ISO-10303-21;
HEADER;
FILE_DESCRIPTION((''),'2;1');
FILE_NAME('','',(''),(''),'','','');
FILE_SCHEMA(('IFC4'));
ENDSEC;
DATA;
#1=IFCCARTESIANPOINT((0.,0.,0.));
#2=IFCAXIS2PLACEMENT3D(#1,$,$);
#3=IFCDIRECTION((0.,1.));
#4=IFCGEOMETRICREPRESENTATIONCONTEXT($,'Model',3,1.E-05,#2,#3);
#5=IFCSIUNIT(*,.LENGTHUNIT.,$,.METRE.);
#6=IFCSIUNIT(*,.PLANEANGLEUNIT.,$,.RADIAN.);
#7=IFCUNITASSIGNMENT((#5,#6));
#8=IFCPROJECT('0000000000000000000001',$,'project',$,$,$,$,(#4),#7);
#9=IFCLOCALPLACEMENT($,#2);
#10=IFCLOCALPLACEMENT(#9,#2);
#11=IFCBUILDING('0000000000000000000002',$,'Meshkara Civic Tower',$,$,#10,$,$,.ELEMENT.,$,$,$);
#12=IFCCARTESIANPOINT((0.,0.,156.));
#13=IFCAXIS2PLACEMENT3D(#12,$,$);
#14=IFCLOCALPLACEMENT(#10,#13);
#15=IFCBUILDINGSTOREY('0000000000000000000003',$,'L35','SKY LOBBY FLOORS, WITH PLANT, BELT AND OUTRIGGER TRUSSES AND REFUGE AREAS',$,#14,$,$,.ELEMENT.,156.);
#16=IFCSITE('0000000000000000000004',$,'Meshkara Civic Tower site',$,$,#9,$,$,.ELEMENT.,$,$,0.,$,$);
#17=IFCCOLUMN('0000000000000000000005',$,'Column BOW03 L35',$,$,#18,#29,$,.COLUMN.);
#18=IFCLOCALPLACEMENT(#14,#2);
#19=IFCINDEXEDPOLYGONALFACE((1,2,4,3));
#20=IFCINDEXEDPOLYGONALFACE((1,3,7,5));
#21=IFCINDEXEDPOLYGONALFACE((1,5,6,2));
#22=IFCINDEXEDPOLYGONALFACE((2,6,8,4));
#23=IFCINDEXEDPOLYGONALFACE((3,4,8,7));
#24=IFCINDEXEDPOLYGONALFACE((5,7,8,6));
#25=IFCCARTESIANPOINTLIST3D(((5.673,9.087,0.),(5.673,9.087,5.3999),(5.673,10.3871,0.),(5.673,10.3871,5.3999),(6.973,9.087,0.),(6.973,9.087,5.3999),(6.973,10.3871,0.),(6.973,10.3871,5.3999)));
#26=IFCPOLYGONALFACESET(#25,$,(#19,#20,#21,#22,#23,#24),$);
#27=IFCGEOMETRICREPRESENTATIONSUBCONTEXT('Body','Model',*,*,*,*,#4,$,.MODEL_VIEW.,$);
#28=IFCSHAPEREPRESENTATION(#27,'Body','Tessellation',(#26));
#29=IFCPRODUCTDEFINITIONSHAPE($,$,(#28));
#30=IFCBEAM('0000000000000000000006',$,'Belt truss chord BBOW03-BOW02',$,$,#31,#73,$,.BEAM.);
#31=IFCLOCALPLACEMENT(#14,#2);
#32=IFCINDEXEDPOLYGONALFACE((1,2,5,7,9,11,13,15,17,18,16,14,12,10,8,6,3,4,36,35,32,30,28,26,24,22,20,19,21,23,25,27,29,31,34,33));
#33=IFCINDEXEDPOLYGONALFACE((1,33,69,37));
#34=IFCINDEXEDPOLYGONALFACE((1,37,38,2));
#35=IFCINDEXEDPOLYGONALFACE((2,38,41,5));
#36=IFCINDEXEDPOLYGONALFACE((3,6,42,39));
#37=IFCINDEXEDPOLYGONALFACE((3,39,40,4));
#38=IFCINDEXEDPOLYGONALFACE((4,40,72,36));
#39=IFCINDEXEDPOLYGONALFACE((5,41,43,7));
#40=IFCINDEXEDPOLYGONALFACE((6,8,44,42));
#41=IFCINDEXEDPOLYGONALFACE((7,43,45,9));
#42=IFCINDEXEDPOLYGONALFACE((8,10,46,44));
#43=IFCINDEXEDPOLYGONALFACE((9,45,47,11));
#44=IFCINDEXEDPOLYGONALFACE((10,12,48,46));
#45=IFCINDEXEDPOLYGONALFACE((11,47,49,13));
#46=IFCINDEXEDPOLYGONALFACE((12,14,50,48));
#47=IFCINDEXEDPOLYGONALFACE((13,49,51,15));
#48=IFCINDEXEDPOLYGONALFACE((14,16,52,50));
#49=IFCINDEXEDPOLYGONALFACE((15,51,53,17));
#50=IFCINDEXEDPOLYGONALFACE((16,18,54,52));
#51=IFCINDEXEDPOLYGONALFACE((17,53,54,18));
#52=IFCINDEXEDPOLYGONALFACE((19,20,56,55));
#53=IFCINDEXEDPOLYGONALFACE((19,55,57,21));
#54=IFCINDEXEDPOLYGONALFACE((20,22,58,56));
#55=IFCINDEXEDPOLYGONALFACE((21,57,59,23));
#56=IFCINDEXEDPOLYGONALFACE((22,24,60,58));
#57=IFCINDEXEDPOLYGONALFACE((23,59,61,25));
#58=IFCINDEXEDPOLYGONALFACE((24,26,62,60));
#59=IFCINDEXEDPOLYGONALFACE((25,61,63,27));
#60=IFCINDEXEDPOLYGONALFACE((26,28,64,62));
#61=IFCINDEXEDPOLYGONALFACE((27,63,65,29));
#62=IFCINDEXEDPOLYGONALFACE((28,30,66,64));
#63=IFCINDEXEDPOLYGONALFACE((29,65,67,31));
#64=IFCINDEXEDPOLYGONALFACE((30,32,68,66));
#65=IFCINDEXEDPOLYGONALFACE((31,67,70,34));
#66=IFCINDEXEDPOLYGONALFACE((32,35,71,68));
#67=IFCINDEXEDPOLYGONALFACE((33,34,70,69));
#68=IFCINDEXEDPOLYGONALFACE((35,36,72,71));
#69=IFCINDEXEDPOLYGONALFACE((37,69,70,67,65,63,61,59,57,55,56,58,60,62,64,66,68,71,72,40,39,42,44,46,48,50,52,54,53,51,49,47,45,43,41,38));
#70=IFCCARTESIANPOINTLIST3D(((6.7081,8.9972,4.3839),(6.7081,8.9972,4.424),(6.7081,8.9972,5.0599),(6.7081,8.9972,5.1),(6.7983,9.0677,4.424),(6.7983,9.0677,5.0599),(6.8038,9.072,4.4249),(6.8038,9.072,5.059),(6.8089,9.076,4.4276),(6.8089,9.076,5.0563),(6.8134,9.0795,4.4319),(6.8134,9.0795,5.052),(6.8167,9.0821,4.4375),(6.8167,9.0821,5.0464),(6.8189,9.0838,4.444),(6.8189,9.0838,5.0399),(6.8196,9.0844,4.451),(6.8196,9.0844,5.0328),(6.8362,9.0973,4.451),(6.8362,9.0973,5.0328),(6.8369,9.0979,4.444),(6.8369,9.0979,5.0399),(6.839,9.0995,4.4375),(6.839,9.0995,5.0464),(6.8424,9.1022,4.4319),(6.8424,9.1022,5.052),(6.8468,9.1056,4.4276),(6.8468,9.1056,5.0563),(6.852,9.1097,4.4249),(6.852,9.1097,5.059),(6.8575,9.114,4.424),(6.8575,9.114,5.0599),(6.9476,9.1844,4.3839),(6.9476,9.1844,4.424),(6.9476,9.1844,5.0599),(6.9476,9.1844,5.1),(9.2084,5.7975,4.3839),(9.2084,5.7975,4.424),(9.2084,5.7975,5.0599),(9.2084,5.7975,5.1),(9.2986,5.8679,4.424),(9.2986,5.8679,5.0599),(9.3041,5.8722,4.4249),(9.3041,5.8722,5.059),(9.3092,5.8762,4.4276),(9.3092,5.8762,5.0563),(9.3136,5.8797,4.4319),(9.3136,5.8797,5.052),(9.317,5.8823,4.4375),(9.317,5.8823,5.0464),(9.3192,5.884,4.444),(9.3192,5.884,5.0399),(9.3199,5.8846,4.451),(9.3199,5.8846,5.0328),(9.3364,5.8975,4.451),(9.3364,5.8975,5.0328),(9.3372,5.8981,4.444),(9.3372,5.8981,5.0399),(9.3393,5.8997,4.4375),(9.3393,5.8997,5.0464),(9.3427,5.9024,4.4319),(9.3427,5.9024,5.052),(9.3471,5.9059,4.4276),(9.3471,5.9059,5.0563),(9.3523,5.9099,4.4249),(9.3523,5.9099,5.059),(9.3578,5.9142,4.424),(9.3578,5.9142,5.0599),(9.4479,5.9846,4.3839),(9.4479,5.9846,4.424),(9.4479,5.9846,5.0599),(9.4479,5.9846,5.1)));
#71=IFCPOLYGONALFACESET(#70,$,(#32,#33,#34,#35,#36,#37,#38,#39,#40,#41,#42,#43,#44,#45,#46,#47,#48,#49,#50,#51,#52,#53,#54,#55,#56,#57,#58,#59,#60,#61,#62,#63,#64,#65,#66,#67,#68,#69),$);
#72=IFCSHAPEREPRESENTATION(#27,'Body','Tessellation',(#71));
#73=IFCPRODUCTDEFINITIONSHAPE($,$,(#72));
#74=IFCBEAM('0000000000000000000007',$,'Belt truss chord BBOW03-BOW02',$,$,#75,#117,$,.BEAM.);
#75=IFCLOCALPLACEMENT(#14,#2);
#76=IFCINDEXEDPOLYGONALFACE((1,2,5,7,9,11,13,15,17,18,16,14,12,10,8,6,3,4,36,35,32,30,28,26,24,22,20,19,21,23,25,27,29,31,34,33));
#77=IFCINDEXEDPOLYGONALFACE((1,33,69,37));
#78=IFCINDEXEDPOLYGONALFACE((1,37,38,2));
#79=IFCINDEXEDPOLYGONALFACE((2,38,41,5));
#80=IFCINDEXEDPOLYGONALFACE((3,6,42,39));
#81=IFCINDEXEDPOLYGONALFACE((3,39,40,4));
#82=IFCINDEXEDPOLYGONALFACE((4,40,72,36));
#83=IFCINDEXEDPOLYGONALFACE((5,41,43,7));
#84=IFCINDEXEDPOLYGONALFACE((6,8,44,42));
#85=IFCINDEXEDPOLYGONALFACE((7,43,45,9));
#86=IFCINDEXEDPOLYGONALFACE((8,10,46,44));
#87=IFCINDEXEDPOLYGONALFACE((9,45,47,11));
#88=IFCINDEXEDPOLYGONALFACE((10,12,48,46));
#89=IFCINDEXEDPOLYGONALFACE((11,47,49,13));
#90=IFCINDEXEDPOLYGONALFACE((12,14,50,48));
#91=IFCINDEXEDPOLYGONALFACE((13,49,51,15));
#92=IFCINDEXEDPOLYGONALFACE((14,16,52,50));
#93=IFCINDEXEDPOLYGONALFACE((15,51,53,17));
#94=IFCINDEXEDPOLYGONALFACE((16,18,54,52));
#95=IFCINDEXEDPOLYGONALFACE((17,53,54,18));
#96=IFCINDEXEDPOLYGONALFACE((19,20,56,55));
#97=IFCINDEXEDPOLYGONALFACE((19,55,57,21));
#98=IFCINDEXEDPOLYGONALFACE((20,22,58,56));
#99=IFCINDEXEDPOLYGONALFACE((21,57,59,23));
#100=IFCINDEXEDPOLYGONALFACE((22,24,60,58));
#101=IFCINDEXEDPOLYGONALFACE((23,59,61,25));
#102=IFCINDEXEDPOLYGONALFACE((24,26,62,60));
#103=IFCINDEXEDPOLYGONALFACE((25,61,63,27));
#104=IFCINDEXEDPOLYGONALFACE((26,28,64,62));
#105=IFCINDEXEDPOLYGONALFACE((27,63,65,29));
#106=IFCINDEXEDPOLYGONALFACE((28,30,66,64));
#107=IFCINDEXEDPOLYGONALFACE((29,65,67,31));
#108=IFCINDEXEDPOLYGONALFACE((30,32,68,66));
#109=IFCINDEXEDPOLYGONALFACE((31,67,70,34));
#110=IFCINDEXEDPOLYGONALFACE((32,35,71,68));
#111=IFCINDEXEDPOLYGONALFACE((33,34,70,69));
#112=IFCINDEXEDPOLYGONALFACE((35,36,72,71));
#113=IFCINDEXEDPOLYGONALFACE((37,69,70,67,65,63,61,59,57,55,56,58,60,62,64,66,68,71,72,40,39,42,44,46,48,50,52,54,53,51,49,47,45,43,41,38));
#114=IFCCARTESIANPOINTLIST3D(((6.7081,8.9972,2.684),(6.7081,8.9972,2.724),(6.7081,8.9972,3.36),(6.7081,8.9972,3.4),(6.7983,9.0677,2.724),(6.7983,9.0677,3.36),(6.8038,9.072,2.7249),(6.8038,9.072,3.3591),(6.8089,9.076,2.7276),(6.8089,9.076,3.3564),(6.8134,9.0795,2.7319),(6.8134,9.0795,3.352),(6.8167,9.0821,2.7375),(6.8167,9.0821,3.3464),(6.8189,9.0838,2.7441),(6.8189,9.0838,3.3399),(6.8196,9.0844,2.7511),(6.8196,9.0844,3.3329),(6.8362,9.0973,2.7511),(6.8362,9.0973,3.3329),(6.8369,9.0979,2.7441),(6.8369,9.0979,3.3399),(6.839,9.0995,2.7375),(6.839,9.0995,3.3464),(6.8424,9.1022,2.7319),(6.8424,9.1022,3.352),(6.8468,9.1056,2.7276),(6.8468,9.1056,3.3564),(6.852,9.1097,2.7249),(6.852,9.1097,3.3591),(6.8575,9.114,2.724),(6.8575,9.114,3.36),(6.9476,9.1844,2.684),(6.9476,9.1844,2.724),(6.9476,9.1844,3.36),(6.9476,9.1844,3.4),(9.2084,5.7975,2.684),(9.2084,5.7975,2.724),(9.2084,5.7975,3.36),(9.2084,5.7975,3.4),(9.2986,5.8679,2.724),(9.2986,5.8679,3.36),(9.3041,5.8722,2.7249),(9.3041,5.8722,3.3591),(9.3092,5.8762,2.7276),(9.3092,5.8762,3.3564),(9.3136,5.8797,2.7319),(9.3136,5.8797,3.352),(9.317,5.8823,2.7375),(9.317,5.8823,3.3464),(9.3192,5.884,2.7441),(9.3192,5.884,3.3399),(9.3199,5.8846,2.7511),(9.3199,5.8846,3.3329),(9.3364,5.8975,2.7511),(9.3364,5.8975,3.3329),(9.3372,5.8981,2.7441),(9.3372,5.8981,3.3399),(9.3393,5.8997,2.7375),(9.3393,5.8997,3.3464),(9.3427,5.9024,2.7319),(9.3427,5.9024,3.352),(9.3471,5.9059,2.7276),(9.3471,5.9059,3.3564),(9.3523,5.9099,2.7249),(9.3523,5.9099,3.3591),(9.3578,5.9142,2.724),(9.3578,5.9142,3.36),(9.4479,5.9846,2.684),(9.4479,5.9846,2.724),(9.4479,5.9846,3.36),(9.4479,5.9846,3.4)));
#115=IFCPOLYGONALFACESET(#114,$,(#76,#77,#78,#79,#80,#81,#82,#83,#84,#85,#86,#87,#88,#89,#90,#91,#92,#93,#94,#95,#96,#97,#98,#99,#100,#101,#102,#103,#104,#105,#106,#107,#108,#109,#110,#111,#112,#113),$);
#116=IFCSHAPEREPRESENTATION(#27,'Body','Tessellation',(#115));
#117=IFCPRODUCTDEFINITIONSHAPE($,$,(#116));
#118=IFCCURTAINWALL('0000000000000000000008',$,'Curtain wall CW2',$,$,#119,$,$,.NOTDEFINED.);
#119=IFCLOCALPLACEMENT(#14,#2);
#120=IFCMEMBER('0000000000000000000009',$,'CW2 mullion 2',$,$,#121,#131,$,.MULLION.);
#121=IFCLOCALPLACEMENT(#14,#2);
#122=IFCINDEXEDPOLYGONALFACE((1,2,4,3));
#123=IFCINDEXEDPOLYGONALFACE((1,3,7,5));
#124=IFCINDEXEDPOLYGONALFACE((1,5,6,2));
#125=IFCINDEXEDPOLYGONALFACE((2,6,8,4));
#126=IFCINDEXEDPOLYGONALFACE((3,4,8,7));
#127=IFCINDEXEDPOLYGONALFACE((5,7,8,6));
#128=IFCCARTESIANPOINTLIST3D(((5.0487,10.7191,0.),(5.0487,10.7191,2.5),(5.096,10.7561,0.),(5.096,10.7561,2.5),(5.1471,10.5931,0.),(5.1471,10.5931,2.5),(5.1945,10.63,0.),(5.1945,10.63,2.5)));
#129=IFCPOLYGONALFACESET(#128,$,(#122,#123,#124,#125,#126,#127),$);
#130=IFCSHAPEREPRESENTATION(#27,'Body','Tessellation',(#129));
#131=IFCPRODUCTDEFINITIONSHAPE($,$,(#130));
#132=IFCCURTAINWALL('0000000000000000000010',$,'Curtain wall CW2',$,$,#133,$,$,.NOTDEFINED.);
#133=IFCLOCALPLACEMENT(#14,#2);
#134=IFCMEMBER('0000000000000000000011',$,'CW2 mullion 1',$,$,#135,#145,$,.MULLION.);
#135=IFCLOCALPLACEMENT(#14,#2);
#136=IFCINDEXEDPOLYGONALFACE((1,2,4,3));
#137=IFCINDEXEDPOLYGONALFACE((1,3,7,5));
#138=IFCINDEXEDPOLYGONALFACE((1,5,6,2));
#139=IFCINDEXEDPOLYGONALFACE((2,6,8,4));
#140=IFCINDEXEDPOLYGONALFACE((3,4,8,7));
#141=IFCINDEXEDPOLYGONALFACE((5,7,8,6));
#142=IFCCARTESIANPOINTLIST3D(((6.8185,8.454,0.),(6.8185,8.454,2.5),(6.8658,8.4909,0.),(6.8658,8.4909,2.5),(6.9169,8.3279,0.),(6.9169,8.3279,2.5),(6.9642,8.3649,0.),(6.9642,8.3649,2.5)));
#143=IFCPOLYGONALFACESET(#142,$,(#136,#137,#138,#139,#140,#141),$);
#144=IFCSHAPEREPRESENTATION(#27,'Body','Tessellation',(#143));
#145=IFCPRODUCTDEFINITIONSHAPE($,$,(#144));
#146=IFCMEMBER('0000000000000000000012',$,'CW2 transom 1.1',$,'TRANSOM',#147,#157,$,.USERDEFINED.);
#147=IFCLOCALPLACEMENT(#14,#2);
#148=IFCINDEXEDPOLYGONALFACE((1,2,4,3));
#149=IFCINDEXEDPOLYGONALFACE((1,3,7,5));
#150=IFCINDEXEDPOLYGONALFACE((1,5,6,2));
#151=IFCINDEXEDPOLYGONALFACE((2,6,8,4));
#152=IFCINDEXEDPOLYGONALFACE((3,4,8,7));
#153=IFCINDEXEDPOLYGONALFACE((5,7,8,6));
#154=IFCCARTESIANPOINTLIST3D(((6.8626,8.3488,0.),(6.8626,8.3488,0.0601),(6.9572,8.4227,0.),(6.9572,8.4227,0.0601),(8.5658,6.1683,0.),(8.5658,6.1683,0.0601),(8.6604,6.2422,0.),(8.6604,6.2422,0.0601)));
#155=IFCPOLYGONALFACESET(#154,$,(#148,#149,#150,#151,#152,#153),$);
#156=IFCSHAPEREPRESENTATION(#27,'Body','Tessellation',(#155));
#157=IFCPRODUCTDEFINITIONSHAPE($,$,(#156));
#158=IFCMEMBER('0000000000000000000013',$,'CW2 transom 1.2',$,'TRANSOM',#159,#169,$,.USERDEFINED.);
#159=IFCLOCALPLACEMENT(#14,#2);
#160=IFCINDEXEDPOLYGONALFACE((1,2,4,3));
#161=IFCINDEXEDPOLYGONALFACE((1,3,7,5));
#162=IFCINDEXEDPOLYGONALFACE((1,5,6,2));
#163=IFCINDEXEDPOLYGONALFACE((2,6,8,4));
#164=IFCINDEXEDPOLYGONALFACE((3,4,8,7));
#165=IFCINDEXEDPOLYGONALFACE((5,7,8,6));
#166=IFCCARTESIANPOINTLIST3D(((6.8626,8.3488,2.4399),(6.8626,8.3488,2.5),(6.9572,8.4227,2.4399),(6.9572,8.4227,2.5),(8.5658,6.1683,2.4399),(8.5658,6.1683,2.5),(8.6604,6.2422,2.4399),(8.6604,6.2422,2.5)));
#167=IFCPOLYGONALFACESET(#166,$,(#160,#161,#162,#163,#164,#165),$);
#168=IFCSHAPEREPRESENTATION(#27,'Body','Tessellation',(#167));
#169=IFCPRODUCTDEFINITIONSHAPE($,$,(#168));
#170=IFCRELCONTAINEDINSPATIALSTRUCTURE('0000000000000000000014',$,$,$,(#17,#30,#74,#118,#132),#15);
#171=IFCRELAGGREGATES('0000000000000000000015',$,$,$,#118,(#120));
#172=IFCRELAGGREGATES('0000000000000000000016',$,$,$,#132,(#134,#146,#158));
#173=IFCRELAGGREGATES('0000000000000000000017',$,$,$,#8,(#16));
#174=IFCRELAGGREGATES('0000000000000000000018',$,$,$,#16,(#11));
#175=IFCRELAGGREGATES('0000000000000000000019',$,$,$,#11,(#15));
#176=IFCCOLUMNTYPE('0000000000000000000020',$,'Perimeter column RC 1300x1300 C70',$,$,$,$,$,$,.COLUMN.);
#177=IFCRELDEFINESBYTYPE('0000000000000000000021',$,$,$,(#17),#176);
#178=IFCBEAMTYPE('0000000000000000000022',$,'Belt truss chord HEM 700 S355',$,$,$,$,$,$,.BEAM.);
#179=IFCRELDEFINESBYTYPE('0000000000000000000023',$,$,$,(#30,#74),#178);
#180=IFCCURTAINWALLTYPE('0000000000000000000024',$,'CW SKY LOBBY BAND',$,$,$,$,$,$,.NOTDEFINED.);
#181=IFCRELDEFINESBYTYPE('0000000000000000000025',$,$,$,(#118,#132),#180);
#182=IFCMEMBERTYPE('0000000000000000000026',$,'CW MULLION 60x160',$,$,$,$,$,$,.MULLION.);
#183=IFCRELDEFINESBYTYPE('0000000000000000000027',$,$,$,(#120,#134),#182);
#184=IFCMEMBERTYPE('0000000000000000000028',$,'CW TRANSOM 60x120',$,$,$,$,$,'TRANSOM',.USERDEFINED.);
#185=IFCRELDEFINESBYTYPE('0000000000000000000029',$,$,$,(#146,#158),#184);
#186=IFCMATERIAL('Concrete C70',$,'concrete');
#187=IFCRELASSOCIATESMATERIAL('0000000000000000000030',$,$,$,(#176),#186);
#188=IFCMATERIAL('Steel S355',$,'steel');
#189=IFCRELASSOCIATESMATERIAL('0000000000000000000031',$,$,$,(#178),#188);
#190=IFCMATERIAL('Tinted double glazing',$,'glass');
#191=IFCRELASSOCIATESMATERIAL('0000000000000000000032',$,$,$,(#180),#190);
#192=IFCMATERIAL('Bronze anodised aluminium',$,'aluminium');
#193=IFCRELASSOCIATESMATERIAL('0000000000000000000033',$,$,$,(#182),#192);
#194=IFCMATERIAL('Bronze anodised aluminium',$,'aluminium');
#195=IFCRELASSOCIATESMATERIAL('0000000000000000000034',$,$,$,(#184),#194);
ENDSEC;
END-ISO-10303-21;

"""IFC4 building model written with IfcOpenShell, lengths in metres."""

from ifc_helpers import new_model, si_unit, direction, frame, origin, origin_2d, place, context, subcontext, project, spatial, rectangle, i_section, extrude, material, material_profile, profile_set, type_object, element, aggregate, save


model = new_model("IFC4")

# Units and contexts
model_context = context("Model", 3, precision=1e-05, world=origin(), true_north=direction((0.0, 1.0)))
body_context = subcontext(model_context, "Body", "Model", "MODEL_VIEW")
ifc_project = project(units=[si_unit("LENGTHUNIT", "METRE"), si_unit("PLANEANGLEUNIT", "RADIAN")], contexts=[model_context])

# Site, building, storey
site_placement = place(None, origin())
site = spatial("IfcSite", under=ifc_project, at=site_placement, Name="Meshkara Civic Tower site", CompositionType="ELEMENT", RefElevation=0.0)
building_placement = place(site_placement, origin())
building = spatial("IfcBuilding", under=site, at=building_placement, Name="Meshkara Civic Tower", CompositionType="ELEMENT")
storey_placement = place(building_placement, frame((0.0, 0.0, 156.0)))
storey = spatial("IfcBuildingStorey", under=building, at=storey_placement, Name="L35", Description="SKY LOBBY FLOORS, WITH PLANT, BELT AND OUTRIGGER TRUSSES AND REFUGE AREAS", CompositionType="ELEMENT", Elevation=156.0)

# Column
ifc_material_1 = material(Name="Concrete C70", Category="concrete")
ifc_material_profile_1 = material_profile(ifc_material_1, rectangle(XDim=1.3, YDim=1.3, at=origin_2d()))
ifc_profile_set_1 = profile_set([ifc_material_profile_1], Name="Concrete C70")
column_type = type_object("IfcColumnType", Name="Perimeter column RC 1300x1300 C70", PredefinedType="COLUMN", material=ifc_profile_set_1)
column_placement = place(storey_placement, frame((6.323, 9.7371, 0.0), z_axis=(0.0, 0.0, 1.0), x_axis=(1.0, 0.0, 0.0)))
element("IfcColumn", 1, at=column_placement, inside=storey, type_object=column_type, Name="Column BOW03 L35", PredefinedType="COLUMN", context=body_context, shape_type="SweptSolid", body=[
    extrude(rectangle(XDim=1.3, YDim=1.3, at=origin_2d()), origin(), (0.0, 0.0, 1.0), 5.3999),
])

# Beams
ifc_material_2 = material(Name="Steel S355", Category="steel")
ifc_material_profile_2 = material_profile(ifc_material_2, i_section(OverallWidth=0.304, OverallDepth=0.7161, WebThickness=0.021, FlangeThickness=0.04, FilletRadius=0.0271, at=origin_2d()))
ifc_profile_set_2 = profile_set([ifc_material_profile_2], Name="Steel S355")
beam_type = type_object("IfcBeamType", Name="Belt truss chord HEM 700 S355", PredefinedType="BEAM", material=ifc_profile_set_2)
for number, where, z_axis, x_axis, name in (
    (2, (6.8279, 9.0908, 4.7419), (0.615716, -0.787968, 0.0), (0.787968, 0.615716, 0.0), "Belt truss chord BBOW03-BOW02"),
    (3, (6.8279, 9.0908, 3.042), (0.615716, -0.787968, 0.0), (0.787968, 0.615716, 0.0), "Belt truss chord BBOW03-BOW02"),
):
    element("IfcBeam", number, at=place(storey_placement, frame(where, z_axis=z_axis, x_axis=x_axis)), inside=storey, type_object=beam_type, Name=name, PredefinedType="BEAM", context=body_context, shape_type="SweptSolid", body=[
        extrude(i_section(OverallWidth=0.304, OverallDepth=0.7161, WebThickness=0.021, FlangeThickness=0.04, FilletRadius=0.0271, at=origin_2d()), origin(), (0.0, 0.0, 1.0), 4.0608),
    ])

# Curtain wall, member
ifc_material_3 = material(Name="Tinted double glazing", Category="glass")
curtain_wall_type = type_object("IfcCurtainWallType", Name="CW SKY LOBBY BAND", PredefinedType="NOTDEFINED", material=ifc_material_3)
curtain_wall_1_placement = place(storey_placement, origin())
curtain_wall_1 = element("IfcCurtainWall", 4, at=curtain_wall_1_placement, inside=storey, type_object=curtain_wall_type, Name="Curtain wall CW2", PredefinedType="NOTDEFINED")
ifc_material_4 = material(Name="Bronze anodised aluminium", Category="aluminium")
ifc_material_profile_3 = material_profile(ifc_material_4, rectangle(XDim=0.0601, YDim=0.1599, at=origin_2d()))
ifc_profile_set_3 = profile_set([ifc_material_profile_3], Name="Bronze anodised aluminium")
member_type_1 = type_object("IfcMemberType", Name="CW MULLION 60x160", PredefinedType="MULLION", material=ifc_profile_set_3)
member_1_placement = place(storey_placement, frame((5.1216, 10.6746, 0.0), z_axis=(0.0, 0.0, 1.0), x_axis=(0.788119, 0.615523, 0.0)))
member_1 = element("IfcMember", 5, at=member_1_placement, type_object=member_type_1, Name="CW2 mullion 2", PredefinedType="MULLION", context=body_context, shape_type="SweptSolid", body=[
    extrude(rectangle(XDim=0.0601, YDim=0.1599, at=origin_2d()), origin(), (0.0, 0.0, 1.0), 2.5),
])
aggregate(curtain_wall_1, [member_1])

# Curtain wall, members
curtain_wall_2_placement = place(storey_placement, origin())
curtain_wall_2 = element("IfcCurtainWall", 6, at=curtain_wall_2_placement, inside=storey, type_object=curtain_wall_type, Name="Curtain wall CW2", PredefinedType="NOTDEFINED")
member_2_placement = place(storey_placement, frame((6.8914, 8.4094, 0.0), z_axis=(0.0, 0.0, 1.0), x_axis=(0.788082, 0.61557, 0.0)))
member_2 = element("IfcMember", 7, at=member_2_placement, type_object=member_type_1, Name="CW2 mullion 1", PredefinedType="MULLION", context=body_context, shape_type="SweptSolid", body=[
    extrude(rectangle(XDim=0.0601, YDim=0.1599, at=origin_2d()), origin(), (0.0, 0.0, 1.0), 2.5),
])
ifc_material_5 = material(Name="Bronze anodised aluminium", Category="aluminium")
ifc_material_profile_4 = material_profile(ifc_material_5, rectangle(XDim=0.1201, YDim=0.0601, at=origin_2d()))
ifc_profile_set_4 = profile_set([ifc_material_profile_4], Name="Bronze anodised aluminium")
member_type_2 = type_object("IfcMemberType", Name="CW TRANSOM 60x120", ElementType="TRANSOM", PredefinedType="USERDEFINED", material=ifc_profile_set_4)
member_3_placement = place(storey_placement, frame((6.9099, 8.3857, 0.03), z_axis=(0.61557, -0.788082, 0.0), x_axis=(0.788082, 0.61557, 0.0)))
member_3 = element("IfcMember", 8, at=member_3_placement, type_object=member_type_2, Name="CW2 transom 1.1", ObjectType="TRANSOM", PredefinedType="USERDEFINED", context=body_context, shape_type="SweptSolid", body=[
    extrude(rectangle(XDim=0.1201, YDim=0.0601, at=origin_2d()), origin(), (0.0, 0.0, 1.0), 2.7668),
])
member_4_placement = place(storey_placement, frame((6.9099, 8.3857, 2.47), z_axis=(0.61557, -0.788082, 0.0), x_axis=(0.788082, 0.61557, 0.0)))
member_4 = element("IfcMember", 9, at=member_4_placement, type_object=member_type_2, Name="CW2 transom 1.2", ObjectType="TRANSOM", PredefinedType="USERDEFINED", context=body_context, shape_type="SweptSolid", body=[
    extrude(rectangle(XDim=0.1201, YDim=0.0601, at=origin_2d()), origin(), (0.0, 0.0, 1.0), 2.7668),
])
aggregate(curtain_wall_2, [member_2, member_3, member_4])

save(model, "model.ifc")
